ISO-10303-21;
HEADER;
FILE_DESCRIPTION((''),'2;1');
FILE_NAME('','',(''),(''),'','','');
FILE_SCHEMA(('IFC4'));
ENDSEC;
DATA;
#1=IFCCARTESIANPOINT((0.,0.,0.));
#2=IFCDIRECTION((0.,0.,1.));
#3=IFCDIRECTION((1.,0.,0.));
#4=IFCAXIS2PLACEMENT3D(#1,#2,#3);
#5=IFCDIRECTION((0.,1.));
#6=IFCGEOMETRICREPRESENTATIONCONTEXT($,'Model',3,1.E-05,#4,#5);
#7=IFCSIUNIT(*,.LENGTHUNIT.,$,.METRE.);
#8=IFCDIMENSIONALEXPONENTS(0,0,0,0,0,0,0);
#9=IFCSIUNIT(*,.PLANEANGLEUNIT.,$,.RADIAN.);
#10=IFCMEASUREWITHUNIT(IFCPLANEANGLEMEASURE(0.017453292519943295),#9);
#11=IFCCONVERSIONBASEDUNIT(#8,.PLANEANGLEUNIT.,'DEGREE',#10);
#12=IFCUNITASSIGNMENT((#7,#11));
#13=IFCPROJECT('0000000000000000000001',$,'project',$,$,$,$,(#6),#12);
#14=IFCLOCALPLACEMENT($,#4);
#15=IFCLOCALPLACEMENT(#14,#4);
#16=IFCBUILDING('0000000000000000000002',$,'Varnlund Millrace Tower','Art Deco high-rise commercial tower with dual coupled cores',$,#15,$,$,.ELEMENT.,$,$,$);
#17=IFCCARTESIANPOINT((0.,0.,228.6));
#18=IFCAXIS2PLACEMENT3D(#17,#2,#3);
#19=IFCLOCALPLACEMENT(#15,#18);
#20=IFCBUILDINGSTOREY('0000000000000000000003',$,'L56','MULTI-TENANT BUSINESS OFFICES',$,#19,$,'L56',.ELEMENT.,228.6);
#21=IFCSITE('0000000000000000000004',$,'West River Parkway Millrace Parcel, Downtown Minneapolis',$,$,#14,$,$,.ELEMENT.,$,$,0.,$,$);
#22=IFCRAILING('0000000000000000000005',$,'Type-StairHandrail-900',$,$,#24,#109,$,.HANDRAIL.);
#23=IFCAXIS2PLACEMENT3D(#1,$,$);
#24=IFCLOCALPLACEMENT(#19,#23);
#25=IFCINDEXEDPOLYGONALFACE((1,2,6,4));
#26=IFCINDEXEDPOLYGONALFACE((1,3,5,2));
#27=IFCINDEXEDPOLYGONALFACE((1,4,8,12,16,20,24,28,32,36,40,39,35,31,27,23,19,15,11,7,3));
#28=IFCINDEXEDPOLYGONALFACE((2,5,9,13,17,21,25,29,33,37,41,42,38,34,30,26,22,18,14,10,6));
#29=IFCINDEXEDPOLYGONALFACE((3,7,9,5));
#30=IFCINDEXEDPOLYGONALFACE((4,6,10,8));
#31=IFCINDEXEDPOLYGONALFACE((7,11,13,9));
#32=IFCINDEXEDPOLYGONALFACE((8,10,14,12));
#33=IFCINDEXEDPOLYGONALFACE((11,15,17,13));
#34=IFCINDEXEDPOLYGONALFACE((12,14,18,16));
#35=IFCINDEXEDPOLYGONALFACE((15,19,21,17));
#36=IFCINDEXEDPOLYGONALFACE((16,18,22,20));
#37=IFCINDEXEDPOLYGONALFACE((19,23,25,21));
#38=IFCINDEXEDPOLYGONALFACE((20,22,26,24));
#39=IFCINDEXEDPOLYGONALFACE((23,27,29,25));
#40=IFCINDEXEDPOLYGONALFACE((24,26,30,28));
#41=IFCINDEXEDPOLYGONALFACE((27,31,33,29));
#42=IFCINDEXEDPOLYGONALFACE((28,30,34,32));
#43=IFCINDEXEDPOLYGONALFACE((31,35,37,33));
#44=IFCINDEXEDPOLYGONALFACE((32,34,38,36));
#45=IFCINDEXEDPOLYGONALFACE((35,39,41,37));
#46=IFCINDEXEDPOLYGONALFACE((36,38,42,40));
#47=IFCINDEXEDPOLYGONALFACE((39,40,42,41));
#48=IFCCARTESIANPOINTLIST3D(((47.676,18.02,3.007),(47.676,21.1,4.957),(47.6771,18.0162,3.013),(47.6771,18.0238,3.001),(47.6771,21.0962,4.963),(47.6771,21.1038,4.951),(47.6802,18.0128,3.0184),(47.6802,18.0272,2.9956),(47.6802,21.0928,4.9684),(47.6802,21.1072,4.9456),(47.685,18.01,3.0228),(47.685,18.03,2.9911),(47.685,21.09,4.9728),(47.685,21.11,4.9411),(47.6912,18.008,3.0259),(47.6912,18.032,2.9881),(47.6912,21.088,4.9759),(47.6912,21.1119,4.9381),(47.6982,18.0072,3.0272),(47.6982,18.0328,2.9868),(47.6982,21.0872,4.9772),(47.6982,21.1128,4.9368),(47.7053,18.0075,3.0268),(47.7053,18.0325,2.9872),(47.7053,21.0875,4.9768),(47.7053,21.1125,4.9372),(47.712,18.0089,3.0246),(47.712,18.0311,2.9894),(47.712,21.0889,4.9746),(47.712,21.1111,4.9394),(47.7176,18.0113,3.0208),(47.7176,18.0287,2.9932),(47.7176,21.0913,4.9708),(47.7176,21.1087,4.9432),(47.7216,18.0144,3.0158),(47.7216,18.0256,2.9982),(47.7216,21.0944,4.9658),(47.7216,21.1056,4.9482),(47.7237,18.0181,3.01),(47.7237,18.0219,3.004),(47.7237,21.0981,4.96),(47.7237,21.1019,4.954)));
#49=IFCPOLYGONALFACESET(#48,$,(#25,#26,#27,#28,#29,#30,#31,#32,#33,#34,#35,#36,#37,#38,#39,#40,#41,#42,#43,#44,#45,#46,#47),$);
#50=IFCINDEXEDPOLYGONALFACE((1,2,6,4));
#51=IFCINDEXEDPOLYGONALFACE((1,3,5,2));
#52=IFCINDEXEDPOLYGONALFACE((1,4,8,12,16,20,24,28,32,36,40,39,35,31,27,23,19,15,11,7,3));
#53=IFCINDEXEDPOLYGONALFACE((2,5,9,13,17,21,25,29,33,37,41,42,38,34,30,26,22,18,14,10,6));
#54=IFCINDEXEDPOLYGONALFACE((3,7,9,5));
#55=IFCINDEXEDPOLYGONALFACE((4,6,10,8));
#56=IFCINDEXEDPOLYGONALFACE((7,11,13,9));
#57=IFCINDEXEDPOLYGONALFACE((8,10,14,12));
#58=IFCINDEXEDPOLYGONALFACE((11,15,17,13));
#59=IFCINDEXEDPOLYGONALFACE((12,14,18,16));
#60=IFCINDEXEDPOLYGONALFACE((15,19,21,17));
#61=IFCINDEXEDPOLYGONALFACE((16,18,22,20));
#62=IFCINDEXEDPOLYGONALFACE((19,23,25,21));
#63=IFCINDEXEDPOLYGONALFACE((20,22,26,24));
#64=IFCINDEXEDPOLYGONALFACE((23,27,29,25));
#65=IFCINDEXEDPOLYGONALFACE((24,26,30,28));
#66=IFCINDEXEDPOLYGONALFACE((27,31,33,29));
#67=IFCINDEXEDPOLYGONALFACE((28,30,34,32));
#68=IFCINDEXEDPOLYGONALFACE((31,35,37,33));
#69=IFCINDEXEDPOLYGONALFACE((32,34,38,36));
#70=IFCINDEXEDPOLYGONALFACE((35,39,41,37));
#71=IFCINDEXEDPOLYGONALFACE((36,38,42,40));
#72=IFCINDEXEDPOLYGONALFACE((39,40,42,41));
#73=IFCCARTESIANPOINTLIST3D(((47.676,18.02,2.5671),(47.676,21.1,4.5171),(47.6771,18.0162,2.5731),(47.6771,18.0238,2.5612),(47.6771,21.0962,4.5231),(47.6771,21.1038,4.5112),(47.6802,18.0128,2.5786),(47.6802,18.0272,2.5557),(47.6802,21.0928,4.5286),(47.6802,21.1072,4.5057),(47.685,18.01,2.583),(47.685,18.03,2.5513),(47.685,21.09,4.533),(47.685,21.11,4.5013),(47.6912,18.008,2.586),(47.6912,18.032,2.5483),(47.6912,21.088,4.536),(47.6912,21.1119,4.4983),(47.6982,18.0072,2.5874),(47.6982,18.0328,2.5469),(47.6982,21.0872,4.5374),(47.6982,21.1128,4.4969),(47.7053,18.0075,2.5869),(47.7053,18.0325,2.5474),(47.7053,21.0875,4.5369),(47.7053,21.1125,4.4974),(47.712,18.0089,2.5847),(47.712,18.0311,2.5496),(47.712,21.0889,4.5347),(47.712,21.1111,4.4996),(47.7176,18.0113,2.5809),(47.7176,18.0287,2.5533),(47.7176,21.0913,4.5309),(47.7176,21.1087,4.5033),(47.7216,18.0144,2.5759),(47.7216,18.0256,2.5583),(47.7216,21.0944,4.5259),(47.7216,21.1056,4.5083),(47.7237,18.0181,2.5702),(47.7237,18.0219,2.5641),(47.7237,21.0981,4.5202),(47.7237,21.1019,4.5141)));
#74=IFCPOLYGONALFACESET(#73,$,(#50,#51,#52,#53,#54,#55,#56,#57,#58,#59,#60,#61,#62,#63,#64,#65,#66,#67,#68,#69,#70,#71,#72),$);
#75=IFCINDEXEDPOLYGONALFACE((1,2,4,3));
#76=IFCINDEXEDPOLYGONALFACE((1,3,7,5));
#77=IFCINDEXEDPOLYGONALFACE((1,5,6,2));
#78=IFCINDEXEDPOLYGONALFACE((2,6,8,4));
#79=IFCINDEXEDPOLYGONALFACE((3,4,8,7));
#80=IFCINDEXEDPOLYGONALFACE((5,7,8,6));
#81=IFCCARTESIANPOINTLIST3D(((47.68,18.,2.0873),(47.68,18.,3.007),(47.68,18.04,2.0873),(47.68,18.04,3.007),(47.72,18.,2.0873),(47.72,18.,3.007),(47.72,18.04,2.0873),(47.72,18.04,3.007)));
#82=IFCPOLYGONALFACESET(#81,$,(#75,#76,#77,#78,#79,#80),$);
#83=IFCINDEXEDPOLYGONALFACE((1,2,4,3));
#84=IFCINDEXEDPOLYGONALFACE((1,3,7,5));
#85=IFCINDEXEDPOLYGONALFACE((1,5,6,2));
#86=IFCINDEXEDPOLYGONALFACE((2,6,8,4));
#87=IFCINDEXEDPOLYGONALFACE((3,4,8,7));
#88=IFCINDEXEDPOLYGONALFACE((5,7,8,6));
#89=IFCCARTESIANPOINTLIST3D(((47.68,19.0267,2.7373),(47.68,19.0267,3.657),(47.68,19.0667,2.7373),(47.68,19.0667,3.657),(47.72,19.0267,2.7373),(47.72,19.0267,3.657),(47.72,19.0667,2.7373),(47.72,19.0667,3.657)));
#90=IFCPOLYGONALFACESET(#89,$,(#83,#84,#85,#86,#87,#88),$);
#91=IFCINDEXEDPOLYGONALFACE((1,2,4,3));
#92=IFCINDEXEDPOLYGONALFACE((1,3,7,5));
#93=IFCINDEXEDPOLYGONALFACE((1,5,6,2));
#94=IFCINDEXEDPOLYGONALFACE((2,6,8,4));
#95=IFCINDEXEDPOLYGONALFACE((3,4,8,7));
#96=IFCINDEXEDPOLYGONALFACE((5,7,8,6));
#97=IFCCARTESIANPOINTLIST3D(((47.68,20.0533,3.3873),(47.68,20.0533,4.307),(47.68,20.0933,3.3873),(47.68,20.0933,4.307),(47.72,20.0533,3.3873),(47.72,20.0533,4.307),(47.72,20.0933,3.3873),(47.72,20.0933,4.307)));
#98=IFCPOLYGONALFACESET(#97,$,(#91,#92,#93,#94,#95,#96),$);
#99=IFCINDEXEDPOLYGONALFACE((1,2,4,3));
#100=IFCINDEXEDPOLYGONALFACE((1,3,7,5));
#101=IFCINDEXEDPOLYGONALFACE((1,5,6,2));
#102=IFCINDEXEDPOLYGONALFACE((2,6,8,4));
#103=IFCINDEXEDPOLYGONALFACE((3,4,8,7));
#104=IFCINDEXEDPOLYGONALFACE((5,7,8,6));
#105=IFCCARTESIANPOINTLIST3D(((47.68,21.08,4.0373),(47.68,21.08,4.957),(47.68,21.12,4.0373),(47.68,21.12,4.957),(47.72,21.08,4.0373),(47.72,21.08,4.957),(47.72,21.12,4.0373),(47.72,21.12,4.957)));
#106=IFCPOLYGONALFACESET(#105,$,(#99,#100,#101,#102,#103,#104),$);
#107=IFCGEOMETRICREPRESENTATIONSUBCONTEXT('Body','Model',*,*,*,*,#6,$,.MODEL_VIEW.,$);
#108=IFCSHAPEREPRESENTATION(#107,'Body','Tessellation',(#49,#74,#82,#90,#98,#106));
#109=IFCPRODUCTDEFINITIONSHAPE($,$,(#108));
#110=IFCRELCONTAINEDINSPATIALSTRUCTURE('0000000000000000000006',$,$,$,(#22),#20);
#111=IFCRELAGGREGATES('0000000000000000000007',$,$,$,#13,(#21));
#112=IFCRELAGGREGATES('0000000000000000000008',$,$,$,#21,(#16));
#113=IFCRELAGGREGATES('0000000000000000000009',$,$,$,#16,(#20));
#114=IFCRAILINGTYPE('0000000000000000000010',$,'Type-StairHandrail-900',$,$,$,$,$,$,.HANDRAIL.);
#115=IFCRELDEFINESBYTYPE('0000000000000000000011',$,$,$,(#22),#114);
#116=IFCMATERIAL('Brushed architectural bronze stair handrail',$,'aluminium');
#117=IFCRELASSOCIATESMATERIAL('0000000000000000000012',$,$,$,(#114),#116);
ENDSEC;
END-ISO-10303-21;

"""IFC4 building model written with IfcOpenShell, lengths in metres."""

from ifc_helpers import new_model, entity, si_unit, converted_unit, direction, frame, origin_with_axes, origin_2d_with_axis, place, context, subcontext, project, spatial, rectangle, circle, extrude, material, type_object, element, save


model = new_model("IFC4")

# Units and contexts
model_context = context("Model", 3, precision=1e-05, world=origin_with_axes(), true_north=direction((0.0, 1.0)))
body_context = subcontext(model_context, "Body", "Model", "MODEL_VIEW")
ifc_project = project(units=[si_unit("LENGTHUNIT", "METRE"), converted_unit("PLANEANGLEUNIT", "DEGREE", entity("IfcPlaneAngleMeasure", 0.017453292519943295), si_unit("PLANEANGLEUNIT", "RADIAN"), dimensions=[0, 0, 0, 0, 0, 0, 0])], contexts=[model_context])

# Site, building, storey
site_placement = place(None, origin_with_axes())
site = spatial("IfcSite", under=ifc_project, at=site_placement, Name="West River Parkway Millrace Parcel, Downtown Minneapolis", CompositionType="ELEMENT", RefElevation=0.0)
building_placement = place(site_placement, origin_with_axes())
building = spatial("IfcBuilding", under=site, at=building_placement, Name="Varnlund Millrace Tower", Description="Art Deco high-rise commercial tower with dual coupled cores", CompositionType="ELEMENT")
storey_placement = place(building_placement, frame((0.0, 0.0, 228.6), z_axis=(0.0, 0.0, 1.0), x_axis=(1.0, 0.0, 0.0)))
storey = spatial("IfcBuildingStorey", under=building, at=storey_placement, Name="L56", Description="MULTI-TENANT BUSINESS OFFICES", LongName="L56", CompositionType="ELEMENT", Elevation=228.6)

# Railing
ifc_material_1 = material(Name="Brushed architectural bronze stair handrail", Category="aluminium")
railing_type_1 = type_object("IfcRailingType", Name="Type-StairHandrail-900", PredefinedType="HANDRAIL", material=ifc_material_1)
railing_1_placement = place(storey_placement, frame((0.0, 0.0, -228.6), z_axis=(0.0, 0.0, 1.0), x_axis=(1.0, 0.0, 0.0)))
element("IfcRailing", 1, at=railing_1_placement, inside=storey, type_object=railing_type_1, Name="Type-StairHandrail-900", PredefinedType="HANDRAIL", context=body_context, shape_type="SweptSolid", body=[
    extrude(circle(Radius=0.024, at=origin_2d_with_axis()), frame((47.7, 18.02, 231.607), z_axis=(0.0, 0.844902, 0.534922), x_axis=(-1.0, 0.0, 0.0)), (0.0, 0.0, 1.0), 3.6454),
    extrude(circle(Radius=0.024, at=origin_2d_with_axis()), frame((47.7, 18.02, 231.1671), z_axis=(0.0, 0.844902, 0.534922), x_axis=(-1.0, 0.0, 0.0)), (0.0, 0.0, 1.0), 3.6454),
    extrude(rectangle(XDim=0.04, YDim=0.04, at=origin_2d_with_axis()), frame((47.7, 18.02, 230.6873), z_axis=(0.0, 0.0, 1.0), x_axis=(1.0, 0.0, 0.0)), (0.0, 0.0, 1.0), 0.9197),
    extrude(rectangle(XDim=0.04, YDim=0.04, at=origin_2d_with_axis()), frame((47.7, 19.0467, 231.3373), z_axis=(0.0, 0.0, 1.0), x_axis=(1.0, 0.0, 0.0)), (0.0, 0.0, 1.0), 0.9197),
    extrude(rectangle(XDim=0.04, YDim=0.04, at=origin_2d_with_axis()), frame((47.7, 20.0733, 231.9873), z_axis=(0.0, 0.0, 1.0), x_axis=(1.0, 0.0, 0.0)), (0.0, 0.0, 1.0), 0.9197),
    extrude(rectangle(XDim=0.04, YDim=0.04, at=origin_2d_with_axis()), frame((47.7, 21.1, 232.6373), z_axis=(0.0, 0.0, 1.0), x_axis=(1.0, 0.0, 0.0)), (0.0, 0.0, 1.0), 0.9197),
])

save(model, "model.ifc")
